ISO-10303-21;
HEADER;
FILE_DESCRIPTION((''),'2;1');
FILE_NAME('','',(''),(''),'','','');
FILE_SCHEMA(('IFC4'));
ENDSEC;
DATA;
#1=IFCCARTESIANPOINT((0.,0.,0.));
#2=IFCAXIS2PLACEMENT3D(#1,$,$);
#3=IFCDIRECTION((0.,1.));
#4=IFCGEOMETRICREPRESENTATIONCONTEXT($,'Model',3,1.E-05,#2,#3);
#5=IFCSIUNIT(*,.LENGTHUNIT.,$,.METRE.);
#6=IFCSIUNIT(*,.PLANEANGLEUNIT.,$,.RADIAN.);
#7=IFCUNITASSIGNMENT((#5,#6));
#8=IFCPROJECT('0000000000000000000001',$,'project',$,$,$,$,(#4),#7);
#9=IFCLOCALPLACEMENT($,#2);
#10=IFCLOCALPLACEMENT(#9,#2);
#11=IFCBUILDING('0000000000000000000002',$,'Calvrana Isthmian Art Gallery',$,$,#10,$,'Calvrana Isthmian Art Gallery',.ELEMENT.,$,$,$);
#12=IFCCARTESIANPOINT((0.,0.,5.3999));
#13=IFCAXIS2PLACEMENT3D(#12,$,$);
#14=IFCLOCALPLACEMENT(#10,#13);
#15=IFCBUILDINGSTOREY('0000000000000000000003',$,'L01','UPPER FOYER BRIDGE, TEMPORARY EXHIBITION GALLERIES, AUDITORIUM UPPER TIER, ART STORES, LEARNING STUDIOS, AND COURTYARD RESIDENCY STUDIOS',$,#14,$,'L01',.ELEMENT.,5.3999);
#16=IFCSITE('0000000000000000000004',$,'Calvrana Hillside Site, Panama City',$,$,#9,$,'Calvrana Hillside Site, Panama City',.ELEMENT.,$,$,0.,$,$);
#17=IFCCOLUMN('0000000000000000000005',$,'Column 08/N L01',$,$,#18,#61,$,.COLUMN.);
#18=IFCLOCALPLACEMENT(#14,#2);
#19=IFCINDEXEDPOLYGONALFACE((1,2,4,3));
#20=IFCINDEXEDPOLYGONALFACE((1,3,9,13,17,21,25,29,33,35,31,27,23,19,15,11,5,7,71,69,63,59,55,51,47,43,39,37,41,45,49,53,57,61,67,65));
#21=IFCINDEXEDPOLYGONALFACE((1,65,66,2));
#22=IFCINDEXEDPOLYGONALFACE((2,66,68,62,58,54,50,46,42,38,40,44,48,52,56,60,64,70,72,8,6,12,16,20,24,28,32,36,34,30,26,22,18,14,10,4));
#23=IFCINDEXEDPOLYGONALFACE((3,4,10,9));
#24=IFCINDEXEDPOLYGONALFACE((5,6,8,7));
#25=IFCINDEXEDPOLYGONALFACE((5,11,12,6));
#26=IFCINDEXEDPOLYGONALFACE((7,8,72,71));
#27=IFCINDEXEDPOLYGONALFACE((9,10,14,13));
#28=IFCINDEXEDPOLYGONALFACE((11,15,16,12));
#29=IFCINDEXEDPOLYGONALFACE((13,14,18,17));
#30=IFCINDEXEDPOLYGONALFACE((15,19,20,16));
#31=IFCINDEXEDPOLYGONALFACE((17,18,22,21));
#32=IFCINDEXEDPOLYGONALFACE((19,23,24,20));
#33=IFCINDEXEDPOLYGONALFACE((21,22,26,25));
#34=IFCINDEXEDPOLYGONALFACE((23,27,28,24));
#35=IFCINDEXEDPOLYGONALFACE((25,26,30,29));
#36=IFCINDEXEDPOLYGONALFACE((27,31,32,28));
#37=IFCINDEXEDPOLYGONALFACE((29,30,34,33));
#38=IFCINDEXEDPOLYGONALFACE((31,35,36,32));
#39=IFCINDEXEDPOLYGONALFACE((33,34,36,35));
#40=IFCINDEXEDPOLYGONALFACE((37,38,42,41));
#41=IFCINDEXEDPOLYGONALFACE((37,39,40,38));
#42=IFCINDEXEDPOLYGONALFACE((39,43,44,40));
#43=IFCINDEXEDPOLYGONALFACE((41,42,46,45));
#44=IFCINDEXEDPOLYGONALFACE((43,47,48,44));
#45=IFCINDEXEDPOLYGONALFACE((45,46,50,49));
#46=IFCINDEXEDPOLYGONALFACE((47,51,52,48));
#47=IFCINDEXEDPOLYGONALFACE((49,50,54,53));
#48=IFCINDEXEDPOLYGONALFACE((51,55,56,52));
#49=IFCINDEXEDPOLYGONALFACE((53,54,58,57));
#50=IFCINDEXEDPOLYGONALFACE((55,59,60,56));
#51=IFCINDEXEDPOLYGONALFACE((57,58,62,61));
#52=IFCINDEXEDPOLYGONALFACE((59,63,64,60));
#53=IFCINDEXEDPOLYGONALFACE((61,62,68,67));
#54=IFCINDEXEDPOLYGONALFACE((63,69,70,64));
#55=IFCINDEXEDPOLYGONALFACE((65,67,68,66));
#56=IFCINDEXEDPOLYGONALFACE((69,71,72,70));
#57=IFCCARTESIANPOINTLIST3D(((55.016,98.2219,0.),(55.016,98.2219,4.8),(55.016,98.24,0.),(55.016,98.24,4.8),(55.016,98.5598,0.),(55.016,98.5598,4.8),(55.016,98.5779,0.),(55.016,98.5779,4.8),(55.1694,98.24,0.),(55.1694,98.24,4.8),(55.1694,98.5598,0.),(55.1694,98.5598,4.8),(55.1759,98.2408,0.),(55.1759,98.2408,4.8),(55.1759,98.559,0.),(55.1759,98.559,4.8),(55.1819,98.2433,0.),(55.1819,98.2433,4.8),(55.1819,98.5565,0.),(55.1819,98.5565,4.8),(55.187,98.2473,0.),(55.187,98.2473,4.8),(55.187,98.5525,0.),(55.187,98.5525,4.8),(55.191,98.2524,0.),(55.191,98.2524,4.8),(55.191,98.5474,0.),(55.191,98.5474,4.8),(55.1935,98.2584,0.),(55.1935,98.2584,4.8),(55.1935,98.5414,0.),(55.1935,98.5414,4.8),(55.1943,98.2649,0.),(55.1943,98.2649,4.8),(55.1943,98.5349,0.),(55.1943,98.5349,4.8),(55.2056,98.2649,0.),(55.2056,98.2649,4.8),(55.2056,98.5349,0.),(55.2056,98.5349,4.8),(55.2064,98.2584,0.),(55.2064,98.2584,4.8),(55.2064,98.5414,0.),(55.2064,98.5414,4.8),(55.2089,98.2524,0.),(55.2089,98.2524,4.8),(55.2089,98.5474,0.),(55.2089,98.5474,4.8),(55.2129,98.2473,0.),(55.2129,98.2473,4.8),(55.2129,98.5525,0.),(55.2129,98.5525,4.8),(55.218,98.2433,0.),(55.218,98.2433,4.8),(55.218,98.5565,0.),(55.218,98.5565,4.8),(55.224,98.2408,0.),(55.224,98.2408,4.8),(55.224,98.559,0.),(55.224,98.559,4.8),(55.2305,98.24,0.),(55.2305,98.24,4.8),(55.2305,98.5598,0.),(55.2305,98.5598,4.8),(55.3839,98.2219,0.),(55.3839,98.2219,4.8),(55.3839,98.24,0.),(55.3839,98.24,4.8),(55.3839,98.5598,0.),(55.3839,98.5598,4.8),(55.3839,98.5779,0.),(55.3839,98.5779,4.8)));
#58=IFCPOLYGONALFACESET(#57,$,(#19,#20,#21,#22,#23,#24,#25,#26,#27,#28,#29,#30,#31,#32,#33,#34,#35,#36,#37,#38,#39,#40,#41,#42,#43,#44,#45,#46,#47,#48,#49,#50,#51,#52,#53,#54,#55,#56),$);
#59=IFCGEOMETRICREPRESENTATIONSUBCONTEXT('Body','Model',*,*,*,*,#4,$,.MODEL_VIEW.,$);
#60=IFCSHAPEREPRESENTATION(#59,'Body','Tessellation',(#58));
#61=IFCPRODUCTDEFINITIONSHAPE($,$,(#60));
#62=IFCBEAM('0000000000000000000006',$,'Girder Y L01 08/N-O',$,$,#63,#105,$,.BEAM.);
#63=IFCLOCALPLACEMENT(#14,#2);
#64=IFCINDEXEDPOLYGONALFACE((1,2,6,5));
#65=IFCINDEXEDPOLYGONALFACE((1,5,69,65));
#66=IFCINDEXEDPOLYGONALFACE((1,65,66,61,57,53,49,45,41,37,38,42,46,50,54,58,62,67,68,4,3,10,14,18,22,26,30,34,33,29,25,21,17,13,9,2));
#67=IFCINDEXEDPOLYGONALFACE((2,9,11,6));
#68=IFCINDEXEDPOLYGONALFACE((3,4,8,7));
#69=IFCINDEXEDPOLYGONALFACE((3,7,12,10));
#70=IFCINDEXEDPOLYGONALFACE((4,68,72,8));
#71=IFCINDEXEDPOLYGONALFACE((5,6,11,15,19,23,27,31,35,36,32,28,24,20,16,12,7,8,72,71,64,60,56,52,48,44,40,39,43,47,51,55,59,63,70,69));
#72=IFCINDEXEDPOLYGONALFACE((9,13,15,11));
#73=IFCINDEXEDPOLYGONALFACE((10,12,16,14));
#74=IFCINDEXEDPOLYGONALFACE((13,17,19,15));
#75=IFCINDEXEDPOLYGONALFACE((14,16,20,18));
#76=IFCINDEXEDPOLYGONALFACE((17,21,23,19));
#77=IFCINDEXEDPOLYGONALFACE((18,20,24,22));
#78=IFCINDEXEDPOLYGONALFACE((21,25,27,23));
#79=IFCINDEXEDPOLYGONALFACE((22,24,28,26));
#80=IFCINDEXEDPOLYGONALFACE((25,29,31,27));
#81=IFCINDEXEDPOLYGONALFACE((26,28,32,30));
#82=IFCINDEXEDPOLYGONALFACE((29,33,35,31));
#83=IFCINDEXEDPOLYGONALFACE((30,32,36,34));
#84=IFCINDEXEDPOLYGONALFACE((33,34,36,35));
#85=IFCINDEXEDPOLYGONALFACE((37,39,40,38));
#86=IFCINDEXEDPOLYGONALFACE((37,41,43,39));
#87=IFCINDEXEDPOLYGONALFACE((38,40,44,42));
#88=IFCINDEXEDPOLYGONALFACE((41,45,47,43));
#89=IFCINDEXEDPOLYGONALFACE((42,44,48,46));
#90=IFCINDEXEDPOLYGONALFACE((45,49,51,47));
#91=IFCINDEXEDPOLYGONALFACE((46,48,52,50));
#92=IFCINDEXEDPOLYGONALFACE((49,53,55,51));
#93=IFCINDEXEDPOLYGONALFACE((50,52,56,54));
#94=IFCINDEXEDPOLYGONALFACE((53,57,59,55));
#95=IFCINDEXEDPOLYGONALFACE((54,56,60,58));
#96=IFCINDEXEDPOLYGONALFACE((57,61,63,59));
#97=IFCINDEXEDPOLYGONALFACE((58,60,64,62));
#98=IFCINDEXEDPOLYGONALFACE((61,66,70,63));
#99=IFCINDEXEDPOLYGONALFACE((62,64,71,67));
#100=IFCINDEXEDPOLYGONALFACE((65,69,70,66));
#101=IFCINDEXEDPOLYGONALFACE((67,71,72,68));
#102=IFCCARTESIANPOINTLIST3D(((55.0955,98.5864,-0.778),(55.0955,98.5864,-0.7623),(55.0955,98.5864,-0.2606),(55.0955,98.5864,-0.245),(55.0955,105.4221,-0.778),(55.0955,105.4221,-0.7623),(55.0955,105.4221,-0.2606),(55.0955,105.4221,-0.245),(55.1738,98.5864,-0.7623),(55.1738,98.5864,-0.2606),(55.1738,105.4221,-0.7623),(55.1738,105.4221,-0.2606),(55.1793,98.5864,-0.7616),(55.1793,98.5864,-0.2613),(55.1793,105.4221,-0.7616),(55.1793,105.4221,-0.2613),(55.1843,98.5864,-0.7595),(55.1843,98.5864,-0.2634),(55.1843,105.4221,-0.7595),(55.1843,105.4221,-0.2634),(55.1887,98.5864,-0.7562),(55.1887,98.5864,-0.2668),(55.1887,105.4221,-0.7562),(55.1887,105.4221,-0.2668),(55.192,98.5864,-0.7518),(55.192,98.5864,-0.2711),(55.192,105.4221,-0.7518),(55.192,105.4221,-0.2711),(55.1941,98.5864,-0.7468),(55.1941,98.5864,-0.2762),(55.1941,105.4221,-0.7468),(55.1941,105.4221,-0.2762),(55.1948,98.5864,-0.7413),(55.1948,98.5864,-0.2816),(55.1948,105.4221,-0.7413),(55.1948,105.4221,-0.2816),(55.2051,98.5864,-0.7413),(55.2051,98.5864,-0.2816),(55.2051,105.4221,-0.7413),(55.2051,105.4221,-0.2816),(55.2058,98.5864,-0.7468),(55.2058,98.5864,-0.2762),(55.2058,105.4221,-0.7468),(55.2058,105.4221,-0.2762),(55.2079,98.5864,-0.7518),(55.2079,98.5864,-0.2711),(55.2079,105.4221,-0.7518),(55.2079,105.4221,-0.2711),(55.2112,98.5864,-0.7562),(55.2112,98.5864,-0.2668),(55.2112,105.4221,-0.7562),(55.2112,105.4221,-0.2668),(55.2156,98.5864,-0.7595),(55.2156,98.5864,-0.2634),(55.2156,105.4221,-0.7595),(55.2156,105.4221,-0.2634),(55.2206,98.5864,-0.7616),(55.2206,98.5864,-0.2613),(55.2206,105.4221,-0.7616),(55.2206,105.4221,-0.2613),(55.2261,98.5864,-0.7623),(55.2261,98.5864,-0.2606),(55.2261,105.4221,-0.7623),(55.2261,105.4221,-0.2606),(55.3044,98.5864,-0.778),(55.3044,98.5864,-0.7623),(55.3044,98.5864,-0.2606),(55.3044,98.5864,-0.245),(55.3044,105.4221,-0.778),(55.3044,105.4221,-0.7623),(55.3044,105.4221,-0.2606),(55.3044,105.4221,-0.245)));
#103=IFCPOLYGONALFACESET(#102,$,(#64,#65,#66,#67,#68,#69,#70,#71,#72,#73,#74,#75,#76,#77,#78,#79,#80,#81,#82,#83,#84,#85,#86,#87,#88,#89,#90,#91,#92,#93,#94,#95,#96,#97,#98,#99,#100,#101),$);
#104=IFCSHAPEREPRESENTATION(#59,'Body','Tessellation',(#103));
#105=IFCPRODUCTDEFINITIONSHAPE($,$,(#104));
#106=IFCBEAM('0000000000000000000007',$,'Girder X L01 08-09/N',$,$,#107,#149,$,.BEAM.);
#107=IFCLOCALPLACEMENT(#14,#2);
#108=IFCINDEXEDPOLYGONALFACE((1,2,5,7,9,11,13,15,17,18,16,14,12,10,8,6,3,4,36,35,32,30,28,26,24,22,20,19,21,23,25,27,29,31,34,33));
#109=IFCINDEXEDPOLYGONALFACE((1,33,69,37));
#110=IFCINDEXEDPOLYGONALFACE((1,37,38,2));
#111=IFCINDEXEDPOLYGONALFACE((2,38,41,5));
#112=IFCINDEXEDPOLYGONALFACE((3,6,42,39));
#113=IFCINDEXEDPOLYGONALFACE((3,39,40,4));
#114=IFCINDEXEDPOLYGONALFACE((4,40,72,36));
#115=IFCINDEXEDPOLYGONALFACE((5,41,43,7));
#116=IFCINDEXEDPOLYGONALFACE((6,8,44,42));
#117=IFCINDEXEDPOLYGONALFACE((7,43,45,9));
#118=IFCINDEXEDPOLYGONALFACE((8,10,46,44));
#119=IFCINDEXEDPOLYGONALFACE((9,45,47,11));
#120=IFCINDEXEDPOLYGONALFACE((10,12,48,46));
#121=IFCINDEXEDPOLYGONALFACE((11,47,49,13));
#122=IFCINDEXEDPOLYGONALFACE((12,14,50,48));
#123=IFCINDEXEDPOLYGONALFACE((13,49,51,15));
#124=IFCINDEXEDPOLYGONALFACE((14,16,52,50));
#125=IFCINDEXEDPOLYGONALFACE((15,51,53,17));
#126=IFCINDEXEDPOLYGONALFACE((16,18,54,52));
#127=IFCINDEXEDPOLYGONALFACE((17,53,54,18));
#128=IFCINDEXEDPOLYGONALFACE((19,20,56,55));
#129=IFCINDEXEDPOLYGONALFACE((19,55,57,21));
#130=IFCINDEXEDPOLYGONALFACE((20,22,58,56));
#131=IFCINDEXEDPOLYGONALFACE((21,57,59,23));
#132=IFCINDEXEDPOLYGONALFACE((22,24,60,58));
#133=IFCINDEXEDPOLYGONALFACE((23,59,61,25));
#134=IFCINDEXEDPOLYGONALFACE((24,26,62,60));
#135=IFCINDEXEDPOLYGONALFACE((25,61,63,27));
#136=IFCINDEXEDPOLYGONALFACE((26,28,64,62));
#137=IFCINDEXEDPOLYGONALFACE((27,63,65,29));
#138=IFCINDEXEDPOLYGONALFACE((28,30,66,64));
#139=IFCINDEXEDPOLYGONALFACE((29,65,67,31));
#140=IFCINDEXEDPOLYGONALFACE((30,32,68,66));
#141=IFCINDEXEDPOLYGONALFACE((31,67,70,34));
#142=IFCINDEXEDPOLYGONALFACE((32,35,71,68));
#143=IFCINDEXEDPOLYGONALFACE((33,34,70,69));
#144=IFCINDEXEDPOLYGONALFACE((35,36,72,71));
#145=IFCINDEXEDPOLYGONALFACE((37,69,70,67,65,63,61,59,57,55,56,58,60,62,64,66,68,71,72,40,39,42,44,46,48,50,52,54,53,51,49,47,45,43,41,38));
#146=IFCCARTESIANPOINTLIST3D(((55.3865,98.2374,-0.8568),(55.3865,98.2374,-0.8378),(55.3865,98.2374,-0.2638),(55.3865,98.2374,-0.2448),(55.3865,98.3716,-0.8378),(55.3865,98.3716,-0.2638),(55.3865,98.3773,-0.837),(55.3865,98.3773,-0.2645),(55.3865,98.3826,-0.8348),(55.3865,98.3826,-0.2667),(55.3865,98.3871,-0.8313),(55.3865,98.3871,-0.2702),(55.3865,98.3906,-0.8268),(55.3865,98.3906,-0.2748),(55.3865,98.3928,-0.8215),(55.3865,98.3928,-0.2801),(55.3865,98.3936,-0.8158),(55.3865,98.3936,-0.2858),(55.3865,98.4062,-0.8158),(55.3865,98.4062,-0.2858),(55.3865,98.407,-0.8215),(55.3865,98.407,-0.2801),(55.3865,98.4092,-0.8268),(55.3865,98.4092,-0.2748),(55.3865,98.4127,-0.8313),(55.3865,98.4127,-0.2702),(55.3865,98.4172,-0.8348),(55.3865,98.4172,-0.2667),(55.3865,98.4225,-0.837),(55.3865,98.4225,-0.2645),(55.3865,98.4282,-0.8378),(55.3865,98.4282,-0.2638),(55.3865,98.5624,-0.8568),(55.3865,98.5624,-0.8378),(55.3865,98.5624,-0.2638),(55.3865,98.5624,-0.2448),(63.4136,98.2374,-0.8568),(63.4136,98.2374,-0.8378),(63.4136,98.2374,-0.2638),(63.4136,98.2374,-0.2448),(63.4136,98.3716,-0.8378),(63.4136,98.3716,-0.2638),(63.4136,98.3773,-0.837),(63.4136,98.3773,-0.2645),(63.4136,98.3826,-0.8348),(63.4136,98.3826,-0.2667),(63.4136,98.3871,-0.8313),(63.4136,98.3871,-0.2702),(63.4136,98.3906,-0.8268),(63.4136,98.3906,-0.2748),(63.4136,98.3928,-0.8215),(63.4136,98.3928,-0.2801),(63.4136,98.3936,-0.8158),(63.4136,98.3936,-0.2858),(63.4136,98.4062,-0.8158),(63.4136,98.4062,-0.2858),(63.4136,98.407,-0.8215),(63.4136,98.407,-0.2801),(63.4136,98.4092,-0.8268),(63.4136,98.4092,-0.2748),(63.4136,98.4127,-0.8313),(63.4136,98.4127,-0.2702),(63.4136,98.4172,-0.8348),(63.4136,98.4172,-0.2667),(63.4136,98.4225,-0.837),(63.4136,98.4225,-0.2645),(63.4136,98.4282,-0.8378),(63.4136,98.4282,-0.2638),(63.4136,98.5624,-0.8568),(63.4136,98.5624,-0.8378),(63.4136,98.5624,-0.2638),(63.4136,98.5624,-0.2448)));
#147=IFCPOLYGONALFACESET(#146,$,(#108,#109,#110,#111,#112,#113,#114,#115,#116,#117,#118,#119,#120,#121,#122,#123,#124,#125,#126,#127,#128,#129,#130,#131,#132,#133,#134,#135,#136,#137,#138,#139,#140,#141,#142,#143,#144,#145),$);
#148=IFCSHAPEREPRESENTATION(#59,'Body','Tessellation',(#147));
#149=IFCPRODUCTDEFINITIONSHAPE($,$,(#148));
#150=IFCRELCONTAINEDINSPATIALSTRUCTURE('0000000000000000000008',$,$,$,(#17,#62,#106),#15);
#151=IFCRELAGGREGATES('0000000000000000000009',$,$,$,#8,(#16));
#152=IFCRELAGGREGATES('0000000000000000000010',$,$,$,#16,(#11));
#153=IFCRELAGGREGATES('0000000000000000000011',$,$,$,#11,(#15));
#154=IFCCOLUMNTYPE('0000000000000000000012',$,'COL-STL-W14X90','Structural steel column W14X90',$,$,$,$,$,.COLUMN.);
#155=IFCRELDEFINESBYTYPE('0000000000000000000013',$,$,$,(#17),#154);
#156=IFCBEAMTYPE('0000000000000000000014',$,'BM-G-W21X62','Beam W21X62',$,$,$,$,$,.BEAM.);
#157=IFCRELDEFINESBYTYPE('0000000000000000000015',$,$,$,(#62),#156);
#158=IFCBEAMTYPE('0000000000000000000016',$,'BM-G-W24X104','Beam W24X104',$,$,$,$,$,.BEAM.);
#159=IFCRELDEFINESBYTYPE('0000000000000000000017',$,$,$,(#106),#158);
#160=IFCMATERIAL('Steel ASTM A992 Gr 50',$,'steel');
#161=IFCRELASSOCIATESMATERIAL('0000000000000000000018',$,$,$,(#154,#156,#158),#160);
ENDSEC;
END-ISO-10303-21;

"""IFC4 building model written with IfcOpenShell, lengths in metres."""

from ifc_helpers import new_model, si_unit, direction, frame, origin, origin_2d, place, context, subcontext, project, spatial, i_section, extrude, material, material_profile, profile_set, type_object, element, save


model = new_model("IFC4")

# Units and contexts
model_context = context("Model", 3, precision=1e-05, world=origin(), true_north=direction((0.0, 1.0)))
body_context = subcontext(model_context, "Body", "Model", "MODEL_VIEW")
ifc_project = project(units=[si_unit("LENGTHUNIT", "METRE"), si_unit("PLANEANGLEUNIT", "RADIAN")], contexts=[model_context])

# Site, building, storey
site_placement = place(None, origin())
site = spatial("IfcSite", under=ifc_project, at=site_placement, Name="Calvrana Hillside Site, Panama City", LongName="Calvrana Hillside Site, Panama City", CompositionType="ELEMENT", RefElevation=0.0)
building_placement = place(site_placement, origin())
building = spatial("IfcBuilding", under=site, at=building_placement, Name="Calvrana Isthmian Art Gallery", LongName="Calvrana Isthmian Art Gallery", CompositionType="ELEMENT")
storey_placement = place(building_placement, frame((0.0, 0.0, 5.3999)))
storey = spatial("IfcBuildingStorey", under=building, at=storey_placement, Name="L01", Description="UPPER FOYER BRIDGE, TEMPORARY EXHIBITION GALLERIES, AUDITORIUM UPPER TIER, ART STORES, LEARNING STUDIOS, AND COURTYARD RESIDENCY STUDIOS", LongName="L01", CompositionType="ELEMENT", Elevation=5.3999)

# Column
ifc_material_1 = material(Name="Steel ASTM A992 Gr 50", Category="steel")
ifc_material_profile_1 = material_profile(ifc_material_1, i_section(OverallWidth=0.3679, OverallDepth=0.356, WebThickness=0.0112, FlangeThickness=0.0181, FilletRadius=0.0249, at=origin_2d()), Name="W14X90")
ifc_profile_set_1 = profile_set([ifc_material_profile_1], Name="Steel ASTM A992 Gr 50")
column_type = type_object("IfcColumnType", Name="COL-STL-W14X90", Description="Structural steel column W14X90", PredefinedType="COLUMN", material=ifc_profile_set_1)
column_placement = place(storey_placement, frame((55.2, 98.3999, 0.0), z_axis=(0.0, 0.0, 1.0), x_axis=(1.0, 0.0, 0.0)))
element("IfcColumn", 1, at=column_placement, inside=storey, type_object=column_type, Name="Column 08/N L01", PredefinedType="COLUMN", context=body_context, shape_type="SweptSolid", body=[
    extrude(i_section(OverallWidth=0.3679, OverallDepth=0.356, WebThickness=0.0112, FlangeThickness=0.0181, FilletRadius=0.0249, at=origin_2d()), origin(), (0.0, 0.0, 1.0), 4.8),
])

# Beams
ifc_material_profile_2 = material_profile(ifc_material_1, i_section(OverallWidth=0.209, OverallDepth=0.533, WebThickness=0.0103, FlangeThickness=0.0156, FilletRadius=0.021, at=origin_2d()), Name="W21X62")
ifc_profile_set_2 = profile_set([ifc_material_profile_2], Name="Steel ASTM A992 Gr 50")
beam_type_1 = type_object("IfcBeamType", Name="BM-G-W21X62", Description="Beam W21X62", PredefinedType="BEAM", material=ifc_profile_set_2)
beam_1_placement = place(storey_placement, frame((55.2, 98.5864, -0.5115), z_axis=(0.0, 1.0, 0.0), x_axis=(-1.0, 0.0, 0.0)))
element("IfcBeam", 2, at=beam_1_placement, inside=storey, type_object=beam_type_1, Name="Girder Y L01 08/N-O", PredefinedType="BEAM", context=body_context, shape_type="SweptSolid", body=[
    extrude(i_section(OverallWidth=0.209, OverallDepth=0.533, WebThickness=0.0103, FlangeThickness=0.0156, FilletRadius=0.021, at=origin_2d()), origin(), (0.0, 0.0, 1.0), 6.8357),
])
ifc_material_profile_3 = material_profile(ifc_material_1, i_section(OverallWidth=0.325, OverallDepth=0.6121, WebThickness=0.0127, FlangeThickness=0.019, FilletRadius=0.022, at=origin_2d()), Name="W24X104")
ifc_profile_set_3 = profile_set([ifc_material_profile_3], Name="Steel ASTM A992 Gr 50")
beam_type_2 = type_object("IfcBeamType", Name="BM-G-W24X104", Description="Beam W24X104", PredefinedType="BEAM", material=ifc_profile_set_3)
beam_2_placement = place(storey_placement, frame((55.3865, 98.3999, -0.5508), z_axis=(1.0, 0.0, 0.0), x_axis=(0.0, 1.0, 0.0)))
element("IfcBeam", 3, at=beam_2_placement, inside=storey, type_object=beam_type_2, Name="Girder X L01 08-09/N", PredefinedType="BEAM", context=body_context, shape_type="SweptSolid", body=[
    extrude(i_section(OverallWidth=0.325, OverallDepth=0.6121, WebThickness=0.0127, FlangeThickness=0.019, FilletRadius=0.022, at=origin_2d()), origin(), (0.0, 0.0, 1.0), 8.0271),
])

save(model, "model.ifc")
